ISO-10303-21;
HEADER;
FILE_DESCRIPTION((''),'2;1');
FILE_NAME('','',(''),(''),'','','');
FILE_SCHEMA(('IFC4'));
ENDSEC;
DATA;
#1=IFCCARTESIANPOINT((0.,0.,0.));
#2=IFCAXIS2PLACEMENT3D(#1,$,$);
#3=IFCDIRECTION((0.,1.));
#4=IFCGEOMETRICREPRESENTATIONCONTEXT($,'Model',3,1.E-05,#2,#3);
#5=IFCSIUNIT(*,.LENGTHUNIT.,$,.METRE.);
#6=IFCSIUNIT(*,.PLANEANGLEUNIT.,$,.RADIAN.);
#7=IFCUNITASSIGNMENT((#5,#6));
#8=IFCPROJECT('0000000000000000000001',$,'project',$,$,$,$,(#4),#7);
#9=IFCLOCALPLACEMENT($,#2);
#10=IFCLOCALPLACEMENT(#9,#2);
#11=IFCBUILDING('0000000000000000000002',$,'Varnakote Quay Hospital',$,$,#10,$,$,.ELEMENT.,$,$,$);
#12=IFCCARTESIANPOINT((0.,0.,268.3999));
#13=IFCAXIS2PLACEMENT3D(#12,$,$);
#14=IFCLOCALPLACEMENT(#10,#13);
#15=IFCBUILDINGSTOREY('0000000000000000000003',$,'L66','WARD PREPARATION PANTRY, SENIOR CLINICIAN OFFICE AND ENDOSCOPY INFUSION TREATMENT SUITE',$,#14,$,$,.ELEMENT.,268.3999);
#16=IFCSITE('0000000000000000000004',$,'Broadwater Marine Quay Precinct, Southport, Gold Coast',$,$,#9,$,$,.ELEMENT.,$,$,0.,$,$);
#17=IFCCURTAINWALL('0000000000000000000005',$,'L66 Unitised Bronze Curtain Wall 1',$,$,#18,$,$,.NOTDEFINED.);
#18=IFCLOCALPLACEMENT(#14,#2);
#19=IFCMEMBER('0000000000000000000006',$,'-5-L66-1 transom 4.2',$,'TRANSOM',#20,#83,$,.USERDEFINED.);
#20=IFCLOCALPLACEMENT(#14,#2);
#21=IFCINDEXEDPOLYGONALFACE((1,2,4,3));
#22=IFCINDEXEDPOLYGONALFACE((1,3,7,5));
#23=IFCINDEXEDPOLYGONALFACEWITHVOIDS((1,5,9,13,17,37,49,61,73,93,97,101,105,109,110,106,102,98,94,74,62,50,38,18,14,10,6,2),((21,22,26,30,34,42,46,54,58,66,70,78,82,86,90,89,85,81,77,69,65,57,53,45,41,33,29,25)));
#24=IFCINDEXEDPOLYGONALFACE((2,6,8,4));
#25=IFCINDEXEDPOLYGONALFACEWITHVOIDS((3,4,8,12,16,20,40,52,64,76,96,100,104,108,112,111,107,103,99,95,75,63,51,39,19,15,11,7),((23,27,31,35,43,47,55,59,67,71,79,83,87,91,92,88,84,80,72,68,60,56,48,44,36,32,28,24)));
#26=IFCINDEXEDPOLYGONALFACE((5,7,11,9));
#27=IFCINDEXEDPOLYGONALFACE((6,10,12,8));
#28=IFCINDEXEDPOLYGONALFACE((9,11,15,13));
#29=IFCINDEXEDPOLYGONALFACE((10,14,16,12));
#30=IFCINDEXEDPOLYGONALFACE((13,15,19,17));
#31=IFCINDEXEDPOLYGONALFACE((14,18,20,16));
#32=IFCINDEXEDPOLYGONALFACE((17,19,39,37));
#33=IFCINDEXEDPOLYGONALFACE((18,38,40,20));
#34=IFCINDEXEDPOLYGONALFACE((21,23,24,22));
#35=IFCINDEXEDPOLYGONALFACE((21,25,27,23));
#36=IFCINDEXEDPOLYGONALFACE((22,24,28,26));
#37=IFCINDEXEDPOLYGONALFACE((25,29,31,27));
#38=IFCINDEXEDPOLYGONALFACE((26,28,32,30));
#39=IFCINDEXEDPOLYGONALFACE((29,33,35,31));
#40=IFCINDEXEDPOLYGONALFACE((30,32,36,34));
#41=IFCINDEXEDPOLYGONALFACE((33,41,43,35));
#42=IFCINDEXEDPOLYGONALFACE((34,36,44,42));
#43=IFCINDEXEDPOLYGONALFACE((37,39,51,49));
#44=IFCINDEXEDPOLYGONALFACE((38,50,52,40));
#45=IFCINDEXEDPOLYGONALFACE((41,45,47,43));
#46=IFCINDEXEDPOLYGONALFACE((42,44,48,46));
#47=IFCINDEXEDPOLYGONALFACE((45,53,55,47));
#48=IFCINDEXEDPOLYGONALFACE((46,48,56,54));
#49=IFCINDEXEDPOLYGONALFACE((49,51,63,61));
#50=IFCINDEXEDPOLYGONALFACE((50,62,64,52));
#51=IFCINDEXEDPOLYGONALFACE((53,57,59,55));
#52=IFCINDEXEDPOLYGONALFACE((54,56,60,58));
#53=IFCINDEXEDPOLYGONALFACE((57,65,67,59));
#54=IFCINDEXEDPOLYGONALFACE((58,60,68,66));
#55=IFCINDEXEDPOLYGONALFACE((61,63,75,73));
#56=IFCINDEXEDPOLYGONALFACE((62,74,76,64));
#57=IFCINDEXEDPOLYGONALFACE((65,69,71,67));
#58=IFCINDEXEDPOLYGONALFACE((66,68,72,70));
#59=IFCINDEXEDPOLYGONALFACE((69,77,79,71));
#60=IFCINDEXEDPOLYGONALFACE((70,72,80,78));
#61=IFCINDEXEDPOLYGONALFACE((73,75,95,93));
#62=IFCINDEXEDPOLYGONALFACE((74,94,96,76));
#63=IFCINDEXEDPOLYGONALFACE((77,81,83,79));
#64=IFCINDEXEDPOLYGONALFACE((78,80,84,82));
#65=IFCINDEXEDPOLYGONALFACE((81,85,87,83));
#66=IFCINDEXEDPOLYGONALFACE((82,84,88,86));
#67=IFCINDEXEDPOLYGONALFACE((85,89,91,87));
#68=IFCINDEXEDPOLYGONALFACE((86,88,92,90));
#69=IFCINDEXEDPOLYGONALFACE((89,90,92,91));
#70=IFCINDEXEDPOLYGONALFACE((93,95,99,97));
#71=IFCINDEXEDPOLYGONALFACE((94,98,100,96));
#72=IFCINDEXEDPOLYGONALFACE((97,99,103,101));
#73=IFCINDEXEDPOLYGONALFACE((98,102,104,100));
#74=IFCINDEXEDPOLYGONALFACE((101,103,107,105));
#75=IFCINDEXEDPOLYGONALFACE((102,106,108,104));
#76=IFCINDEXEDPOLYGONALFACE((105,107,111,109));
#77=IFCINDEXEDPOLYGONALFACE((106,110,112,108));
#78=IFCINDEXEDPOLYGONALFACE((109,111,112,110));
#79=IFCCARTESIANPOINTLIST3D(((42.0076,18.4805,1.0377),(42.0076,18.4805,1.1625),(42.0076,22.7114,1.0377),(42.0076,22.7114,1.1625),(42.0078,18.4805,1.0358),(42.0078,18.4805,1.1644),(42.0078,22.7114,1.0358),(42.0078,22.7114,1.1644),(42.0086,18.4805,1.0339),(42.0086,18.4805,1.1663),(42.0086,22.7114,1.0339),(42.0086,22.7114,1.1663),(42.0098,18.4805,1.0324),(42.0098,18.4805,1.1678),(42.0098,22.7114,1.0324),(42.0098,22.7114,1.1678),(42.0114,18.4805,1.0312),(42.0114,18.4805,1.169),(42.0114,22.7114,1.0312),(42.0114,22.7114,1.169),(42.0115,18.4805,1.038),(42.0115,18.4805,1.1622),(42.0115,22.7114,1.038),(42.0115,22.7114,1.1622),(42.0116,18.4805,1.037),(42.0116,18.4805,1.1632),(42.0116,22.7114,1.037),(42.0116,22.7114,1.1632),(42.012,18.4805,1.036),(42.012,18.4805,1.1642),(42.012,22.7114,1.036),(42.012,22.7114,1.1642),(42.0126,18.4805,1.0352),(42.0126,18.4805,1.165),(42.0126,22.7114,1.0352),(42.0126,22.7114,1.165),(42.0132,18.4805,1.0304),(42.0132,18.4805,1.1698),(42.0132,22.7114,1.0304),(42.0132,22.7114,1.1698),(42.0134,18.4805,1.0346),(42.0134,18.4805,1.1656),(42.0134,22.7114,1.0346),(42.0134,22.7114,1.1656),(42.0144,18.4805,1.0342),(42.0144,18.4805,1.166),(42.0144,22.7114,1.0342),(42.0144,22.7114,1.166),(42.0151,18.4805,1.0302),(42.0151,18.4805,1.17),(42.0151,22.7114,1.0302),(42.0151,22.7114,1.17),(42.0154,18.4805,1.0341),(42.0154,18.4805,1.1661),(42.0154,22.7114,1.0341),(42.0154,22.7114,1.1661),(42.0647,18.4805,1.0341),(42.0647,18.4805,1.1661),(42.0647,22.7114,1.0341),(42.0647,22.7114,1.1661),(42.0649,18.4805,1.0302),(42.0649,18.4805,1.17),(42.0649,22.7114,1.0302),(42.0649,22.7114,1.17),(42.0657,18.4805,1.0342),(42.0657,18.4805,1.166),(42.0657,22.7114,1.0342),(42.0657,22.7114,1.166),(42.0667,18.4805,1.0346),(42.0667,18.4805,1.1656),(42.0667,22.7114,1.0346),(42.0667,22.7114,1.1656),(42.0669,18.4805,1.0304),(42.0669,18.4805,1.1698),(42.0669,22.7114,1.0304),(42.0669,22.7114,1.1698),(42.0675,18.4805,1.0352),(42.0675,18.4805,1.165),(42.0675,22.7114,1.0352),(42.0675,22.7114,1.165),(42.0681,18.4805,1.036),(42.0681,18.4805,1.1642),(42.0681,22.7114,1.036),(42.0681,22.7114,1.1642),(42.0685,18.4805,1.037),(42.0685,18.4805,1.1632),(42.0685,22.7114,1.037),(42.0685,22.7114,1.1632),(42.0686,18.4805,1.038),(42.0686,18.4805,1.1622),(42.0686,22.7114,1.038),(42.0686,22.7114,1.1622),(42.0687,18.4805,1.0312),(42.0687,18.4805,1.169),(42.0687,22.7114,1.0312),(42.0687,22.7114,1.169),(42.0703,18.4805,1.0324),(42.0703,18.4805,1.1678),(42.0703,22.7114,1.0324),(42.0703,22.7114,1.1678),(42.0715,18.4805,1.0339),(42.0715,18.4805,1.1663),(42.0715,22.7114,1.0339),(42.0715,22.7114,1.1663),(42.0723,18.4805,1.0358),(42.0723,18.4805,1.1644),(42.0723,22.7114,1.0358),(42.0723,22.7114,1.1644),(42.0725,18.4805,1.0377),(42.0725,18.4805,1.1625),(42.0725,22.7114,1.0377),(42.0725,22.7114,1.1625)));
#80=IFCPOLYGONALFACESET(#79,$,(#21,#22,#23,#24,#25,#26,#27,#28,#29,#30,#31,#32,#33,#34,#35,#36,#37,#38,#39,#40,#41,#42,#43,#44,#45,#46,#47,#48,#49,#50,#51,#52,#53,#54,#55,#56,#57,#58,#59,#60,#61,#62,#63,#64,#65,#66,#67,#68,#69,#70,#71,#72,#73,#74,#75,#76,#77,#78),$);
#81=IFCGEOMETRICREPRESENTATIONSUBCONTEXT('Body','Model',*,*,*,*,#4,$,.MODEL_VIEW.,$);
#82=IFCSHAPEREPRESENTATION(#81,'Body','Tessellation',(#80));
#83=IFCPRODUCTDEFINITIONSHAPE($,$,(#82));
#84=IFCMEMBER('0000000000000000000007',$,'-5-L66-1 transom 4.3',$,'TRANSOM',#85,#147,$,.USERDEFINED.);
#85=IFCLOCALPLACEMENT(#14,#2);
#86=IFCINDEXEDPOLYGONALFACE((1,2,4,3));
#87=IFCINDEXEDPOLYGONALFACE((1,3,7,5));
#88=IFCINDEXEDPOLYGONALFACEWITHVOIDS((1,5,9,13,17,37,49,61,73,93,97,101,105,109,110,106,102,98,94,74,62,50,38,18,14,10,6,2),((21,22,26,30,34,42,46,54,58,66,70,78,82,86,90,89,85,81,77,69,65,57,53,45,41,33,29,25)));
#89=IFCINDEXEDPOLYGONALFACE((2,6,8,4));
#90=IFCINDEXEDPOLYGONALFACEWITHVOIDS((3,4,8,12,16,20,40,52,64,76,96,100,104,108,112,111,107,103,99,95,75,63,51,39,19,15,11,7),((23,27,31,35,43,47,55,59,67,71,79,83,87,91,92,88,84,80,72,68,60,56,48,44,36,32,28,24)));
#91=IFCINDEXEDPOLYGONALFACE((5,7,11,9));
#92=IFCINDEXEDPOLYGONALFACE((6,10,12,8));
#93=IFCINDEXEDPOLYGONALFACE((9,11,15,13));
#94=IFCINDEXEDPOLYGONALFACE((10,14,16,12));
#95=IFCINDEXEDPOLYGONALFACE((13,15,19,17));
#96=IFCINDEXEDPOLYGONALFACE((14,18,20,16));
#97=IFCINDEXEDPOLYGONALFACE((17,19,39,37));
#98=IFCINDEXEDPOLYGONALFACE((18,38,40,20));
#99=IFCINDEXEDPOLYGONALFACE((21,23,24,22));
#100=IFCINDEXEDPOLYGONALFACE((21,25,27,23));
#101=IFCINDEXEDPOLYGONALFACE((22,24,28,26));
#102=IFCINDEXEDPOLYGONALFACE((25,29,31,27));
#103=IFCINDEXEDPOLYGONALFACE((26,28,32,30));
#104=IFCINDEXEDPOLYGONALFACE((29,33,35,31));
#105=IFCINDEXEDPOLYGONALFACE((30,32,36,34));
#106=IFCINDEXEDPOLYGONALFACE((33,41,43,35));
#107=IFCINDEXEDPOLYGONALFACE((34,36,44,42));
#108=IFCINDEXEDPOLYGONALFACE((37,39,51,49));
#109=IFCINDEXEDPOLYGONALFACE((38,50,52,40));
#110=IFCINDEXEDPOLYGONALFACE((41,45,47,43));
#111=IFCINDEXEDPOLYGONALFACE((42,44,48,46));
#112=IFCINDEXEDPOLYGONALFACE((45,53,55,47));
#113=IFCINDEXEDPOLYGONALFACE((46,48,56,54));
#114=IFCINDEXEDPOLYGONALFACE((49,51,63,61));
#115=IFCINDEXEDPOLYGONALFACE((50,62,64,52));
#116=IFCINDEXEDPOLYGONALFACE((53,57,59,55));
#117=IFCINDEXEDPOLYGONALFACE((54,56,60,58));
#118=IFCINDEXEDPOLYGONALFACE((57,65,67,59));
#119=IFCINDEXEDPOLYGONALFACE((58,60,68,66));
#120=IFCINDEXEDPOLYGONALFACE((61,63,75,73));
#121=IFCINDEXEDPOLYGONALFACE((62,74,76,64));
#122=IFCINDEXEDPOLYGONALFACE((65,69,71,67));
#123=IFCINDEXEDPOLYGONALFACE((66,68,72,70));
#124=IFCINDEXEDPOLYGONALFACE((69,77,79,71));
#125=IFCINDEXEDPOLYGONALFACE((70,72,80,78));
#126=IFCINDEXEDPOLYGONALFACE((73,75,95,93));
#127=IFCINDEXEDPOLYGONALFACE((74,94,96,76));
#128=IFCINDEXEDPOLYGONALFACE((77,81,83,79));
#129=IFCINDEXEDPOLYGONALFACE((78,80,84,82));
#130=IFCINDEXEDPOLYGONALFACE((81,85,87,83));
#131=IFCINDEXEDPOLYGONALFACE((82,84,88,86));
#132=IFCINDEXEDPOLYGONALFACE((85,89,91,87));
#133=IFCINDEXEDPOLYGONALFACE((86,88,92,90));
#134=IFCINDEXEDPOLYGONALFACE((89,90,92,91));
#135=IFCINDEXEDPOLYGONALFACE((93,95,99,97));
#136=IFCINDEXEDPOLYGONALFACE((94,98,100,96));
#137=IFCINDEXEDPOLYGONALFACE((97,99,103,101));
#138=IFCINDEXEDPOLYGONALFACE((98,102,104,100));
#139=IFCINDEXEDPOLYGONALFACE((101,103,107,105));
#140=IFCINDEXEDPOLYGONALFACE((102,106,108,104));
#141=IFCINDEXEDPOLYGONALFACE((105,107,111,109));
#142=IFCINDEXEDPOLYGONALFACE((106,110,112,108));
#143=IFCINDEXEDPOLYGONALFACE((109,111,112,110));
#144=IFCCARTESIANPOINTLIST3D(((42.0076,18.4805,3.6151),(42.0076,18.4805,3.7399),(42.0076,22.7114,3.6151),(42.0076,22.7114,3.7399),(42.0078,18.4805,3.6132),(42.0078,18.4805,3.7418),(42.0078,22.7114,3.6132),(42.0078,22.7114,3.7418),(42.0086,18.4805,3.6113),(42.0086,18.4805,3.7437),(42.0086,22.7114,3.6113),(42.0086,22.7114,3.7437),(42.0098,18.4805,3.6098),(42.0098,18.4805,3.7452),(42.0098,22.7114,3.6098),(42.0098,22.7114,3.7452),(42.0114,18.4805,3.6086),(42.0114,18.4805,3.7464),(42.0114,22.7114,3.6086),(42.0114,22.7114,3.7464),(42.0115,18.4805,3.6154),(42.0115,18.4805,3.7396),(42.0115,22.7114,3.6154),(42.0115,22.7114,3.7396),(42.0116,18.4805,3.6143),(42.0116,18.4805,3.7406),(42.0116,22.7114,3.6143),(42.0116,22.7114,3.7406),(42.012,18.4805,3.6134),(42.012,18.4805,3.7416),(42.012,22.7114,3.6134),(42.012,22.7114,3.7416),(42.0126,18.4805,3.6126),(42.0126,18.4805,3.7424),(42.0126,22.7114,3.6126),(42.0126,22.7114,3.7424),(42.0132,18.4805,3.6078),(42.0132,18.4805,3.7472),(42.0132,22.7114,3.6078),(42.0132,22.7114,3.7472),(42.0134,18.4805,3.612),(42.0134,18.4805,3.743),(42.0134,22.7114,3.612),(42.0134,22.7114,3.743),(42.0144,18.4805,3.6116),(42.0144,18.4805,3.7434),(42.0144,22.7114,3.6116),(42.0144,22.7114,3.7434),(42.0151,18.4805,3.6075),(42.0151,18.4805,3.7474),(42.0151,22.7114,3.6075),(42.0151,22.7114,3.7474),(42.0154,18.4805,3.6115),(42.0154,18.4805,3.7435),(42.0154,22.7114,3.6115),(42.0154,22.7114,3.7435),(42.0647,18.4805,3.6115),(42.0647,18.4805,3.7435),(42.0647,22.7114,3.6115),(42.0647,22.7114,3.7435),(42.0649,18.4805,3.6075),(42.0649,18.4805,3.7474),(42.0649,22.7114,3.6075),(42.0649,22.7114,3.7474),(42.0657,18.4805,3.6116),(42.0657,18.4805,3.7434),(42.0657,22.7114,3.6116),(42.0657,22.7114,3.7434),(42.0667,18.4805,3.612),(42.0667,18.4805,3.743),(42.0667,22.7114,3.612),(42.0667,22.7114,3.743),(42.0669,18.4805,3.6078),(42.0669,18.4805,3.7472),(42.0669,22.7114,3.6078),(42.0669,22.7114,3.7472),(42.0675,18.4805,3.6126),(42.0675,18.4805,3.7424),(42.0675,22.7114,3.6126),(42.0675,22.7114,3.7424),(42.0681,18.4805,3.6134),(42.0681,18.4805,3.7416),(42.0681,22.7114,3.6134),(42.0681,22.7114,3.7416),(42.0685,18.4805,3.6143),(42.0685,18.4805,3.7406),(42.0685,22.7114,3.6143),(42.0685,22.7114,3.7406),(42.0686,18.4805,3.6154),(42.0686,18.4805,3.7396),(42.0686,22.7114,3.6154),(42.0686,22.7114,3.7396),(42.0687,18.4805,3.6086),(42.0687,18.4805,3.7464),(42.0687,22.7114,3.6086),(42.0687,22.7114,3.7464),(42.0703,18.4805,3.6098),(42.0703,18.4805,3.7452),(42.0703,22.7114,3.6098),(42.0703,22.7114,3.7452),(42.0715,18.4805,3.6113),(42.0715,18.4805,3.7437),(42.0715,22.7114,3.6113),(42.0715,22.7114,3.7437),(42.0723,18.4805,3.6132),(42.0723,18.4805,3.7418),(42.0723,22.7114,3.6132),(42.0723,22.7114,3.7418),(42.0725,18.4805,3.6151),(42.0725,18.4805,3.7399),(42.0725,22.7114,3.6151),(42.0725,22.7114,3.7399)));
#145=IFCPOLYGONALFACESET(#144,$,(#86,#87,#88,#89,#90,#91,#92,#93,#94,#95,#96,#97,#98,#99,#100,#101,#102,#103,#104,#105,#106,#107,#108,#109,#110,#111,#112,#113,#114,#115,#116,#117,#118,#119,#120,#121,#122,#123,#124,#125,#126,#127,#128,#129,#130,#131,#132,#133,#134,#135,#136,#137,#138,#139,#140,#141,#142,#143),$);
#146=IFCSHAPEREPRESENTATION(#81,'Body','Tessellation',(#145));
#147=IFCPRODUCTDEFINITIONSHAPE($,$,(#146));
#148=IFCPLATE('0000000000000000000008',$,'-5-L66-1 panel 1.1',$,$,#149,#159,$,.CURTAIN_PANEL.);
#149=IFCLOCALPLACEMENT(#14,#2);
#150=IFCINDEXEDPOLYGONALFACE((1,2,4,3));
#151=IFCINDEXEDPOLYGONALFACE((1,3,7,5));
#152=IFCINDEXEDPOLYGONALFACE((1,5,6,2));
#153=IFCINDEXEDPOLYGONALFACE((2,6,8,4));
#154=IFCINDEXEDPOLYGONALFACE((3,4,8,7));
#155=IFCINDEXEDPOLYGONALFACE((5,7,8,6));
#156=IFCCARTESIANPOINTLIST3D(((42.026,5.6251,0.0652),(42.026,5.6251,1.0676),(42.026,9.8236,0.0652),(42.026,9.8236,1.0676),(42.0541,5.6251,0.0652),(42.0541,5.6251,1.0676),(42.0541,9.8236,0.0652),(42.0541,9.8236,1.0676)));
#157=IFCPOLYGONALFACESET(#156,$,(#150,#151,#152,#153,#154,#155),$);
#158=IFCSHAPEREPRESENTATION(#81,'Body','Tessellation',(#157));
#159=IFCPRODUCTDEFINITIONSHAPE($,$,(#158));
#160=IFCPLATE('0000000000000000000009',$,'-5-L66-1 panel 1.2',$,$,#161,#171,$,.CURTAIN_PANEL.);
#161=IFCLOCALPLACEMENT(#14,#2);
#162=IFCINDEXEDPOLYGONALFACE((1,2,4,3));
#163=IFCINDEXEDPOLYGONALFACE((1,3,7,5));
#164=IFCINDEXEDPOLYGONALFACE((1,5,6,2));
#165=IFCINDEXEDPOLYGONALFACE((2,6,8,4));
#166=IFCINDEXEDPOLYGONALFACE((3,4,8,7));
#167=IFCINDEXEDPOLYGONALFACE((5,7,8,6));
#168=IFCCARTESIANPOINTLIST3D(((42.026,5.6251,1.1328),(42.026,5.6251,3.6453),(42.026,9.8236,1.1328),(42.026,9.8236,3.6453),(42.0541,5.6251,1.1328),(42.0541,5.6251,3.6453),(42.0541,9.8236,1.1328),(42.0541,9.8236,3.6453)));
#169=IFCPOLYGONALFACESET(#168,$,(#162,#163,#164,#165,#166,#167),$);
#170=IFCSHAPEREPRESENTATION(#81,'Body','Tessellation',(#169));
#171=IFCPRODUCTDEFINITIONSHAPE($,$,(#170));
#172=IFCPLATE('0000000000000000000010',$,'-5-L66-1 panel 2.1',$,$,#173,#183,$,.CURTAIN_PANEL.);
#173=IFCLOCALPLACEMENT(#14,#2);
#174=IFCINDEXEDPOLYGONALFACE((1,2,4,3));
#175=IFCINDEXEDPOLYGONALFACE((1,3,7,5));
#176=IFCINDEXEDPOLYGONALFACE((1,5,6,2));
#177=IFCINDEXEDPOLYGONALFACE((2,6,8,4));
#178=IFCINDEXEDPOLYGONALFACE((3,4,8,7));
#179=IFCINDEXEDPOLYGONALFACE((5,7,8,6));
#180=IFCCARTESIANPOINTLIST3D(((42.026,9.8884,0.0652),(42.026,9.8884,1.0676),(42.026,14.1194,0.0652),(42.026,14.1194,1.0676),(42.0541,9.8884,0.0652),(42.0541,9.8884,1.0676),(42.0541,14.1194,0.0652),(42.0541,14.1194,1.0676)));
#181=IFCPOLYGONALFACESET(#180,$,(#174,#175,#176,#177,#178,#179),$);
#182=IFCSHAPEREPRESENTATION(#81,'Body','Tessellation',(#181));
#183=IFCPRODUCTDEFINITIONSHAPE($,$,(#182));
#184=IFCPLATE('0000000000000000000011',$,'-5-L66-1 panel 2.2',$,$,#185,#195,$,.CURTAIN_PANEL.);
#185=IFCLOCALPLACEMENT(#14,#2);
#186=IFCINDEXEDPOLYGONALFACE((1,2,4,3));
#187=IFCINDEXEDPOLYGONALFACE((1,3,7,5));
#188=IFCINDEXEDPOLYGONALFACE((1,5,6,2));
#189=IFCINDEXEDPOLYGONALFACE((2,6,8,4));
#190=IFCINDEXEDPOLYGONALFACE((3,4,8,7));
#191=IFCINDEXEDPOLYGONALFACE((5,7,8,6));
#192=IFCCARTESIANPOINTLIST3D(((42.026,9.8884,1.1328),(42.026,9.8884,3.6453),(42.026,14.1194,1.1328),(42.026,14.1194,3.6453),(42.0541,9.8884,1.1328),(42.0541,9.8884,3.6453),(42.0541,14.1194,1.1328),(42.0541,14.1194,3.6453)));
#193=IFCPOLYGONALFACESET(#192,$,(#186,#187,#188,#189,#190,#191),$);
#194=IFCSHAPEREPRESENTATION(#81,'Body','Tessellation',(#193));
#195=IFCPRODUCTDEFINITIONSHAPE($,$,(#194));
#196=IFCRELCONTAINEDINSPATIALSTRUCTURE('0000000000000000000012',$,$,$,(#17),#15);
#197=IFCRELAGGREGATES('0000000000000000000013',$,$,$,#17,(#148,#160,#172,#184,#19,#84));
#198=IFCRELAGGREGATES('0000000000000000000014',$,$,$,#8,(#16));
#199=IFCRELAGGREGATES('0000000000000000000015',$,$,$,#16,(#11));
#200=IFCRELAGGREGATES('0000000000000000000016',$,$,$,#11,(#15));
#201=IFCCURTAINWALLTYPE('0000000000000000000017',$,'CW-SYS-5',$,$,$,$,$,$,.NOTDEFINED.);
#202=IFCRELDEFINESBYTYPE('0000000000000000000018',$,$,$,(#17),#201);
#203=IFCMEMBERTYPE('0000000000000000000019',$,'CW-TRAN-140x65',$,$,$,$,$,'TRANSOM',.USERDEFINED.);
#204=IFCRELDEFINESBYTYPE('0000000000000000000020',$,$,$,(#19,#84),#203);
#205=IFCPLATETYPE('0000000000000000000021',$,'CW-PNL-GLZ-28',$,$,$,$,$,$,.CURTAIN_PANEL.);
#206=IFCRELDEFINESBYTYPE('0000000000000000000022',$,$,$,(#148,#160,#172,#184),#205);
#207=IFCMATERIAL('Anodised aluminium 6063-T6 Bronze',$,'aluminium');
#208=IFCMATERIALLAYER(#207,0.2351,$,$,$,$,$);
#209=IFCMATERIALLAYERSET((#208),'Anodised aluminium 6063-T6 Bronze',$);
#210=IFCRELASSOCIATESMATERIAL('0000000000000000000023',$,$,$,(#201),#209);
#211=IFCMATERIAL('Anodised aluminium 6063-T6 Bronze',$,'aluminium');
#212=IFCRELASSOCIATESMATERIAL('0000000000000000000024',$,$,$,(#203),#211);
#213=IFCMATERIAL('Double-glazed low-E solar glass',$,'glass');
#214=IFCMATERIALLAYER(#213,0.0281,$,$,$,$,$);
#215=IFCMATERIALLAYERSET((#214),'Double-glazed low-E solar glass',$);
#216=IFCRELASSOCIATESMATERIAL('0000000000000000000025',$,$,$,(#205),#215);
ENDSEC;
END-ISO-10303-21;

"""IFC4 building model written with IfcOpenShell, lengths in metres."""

from ifc_helpers import new_model, si_unit, direction, frame, origin, origin_2d, place, context, subcontext, project, spatial, rectangle, hollow_rectangle, extrude, material, layer, layer_set, material_profile, profile_set, type_object, element, aggregate, save


model = new_model("IFC4")

# Units and contexts
model_context = context("Model", 3, precision=1e-05, world=origin(), true_north=direction((0.0, 1.0)))
body_context = subcontext(model_context, "Body", "Model", "MODEL_VIEW")
ifc_project = project(units=[si_unit("LENGTHUNIT", "METRE"), si_unit("PLANEANGLEUNIT", "RADIAN")], contexts=[model_context])

# Site, building, storey
site_placement = place(None, origin())
site = spatial("IfcSite", under=ifc_project, at=site_placement, Name="Broadwater Marine Quay Precinct, Southport, Gold Coast", CompositionType="ELEMENT", RefElevation=0.0)
building_placement = place(site_placement, origin())
building = spatial("IfcBuilding", under=site, at=building_placement, Name="Varnakote Quay Hospital", CompositionType="ELEMENT")
storey_placement = place(building_placement, frame((0.0, 0.0, 268.3999)))
storey = spatial("IfcBuildingStorey", under=building, at=storey_placement, Name="L66", Description="WARD PREPARATION PANTRY, SENIOR CLINICIAN OFFICE AND ENDOSCOPY INFUSION TREATMENT SUITE", CompositionType="ELEMENT", Elevation=268.3999)

# Curtain wall, members, plates
ifc_material_1 = material(Name="Anodised aluminium 6063-T6 Bronze", Category="aluminium")
ifc_layer_1 = layer(ifc_material_1, 0.2351)
ifc_layer_set_1 = layer_set([ifc_layer_1], Name="Anodised aluminium 6063-T6 Bronze")
curtain_wall_type = type_object("IfcCurtainWallType", Name="CW-SYS-5", PredefinedType="NOTDEFINED", material=ifc_layer_set_1)
curtain_wall_placement = place(storey_placement, origin())
curtain_wall = element("IfcCurtainWall", 1, at=curtain_wall_placement, inside=storey, type_object=curtain_wall_type, Name="L66 Unitised Bronze Curtain Wall 1", PredefinedType="NOTDEFINED")
ifc_material_2 = material(Name="Anodised aluminium 6063-T6 Bronze", Category="aluminium")
ifc_material_profile_1 = material_profile(ifc_material_2, hollow_rectangle(XDim=0.0649, YDim=0.1399, WallThickness=0.0039, InnerFilletRadius=0.0039, OuterFilletRadius=0.0076, at=origin_2d()), Name="CW-TRAN-140x65")
ifc_profile_set_1 = profile_set([ifc_material_profile_1], Name="Anodised aluminium 6063-T6 Bronze")
member_type_1 = type_object("IfcMemberType", Name="CW-TRAN-140x65", ElementType="TRANSOM", PredefinedType="USERDEFINED", material=ifc_profile_set_1)
member_1_placement = place(storey_placement, frame((42.04, 18.4805, 1.1001), z_axis=(0.0, 1.0, 0.0), x_axis=(-1.0, 0.0, 0.0)))
member_1 = element("IfcMember", 2, at=member_1_placement, type_object=member_type_1, Name="-5-L66-1 transom 4.2", ObjectType="TRANSOM", PredefinedType="USERDEFINED", context=body_context, shape_type="SweptSolid", body=[
    extrude(hollow_rectangle(XDim=0.0649, YDim=0.1399, WallThickness=0.0039, InnerFilletRadius=0.0039, OuterFilletRadius=0.0076, at=origin_2d()), origin(), (0.0, 0.0, 1.0), 4.231),
])
member_2_placement = place(storey_placement, frame((42.04, 18.4805, 3.6775), z_axis=(0.0, 1.0, 0.0), x_axis=(-1.0, 0.0, 0.0)))
member_2 = element("IfcMember", 3, at=member_2_placement, type_object=member_type_1, Name="-5-L66-1 transom 4.3", ObjectType="TRANSOM", PredefinedType="USERDEFINED", context=body_context, shape_type="SweptSolid", body=[
    extrude(hollow_rectangle(XDim=0.0649, YDim=0.1399, WallThickness=0.0039, InnerFilletRadius=0.0039, OuterFilletRadius=0.0076, at=origin_2d()), origin(), (0.0, 0.0, 1.0), 4.231),
])
ifc_material_3 = material(Name="Double-glazed low-E solar glass", Category="glass")
ifc_layer_2 = layer(ifc_material_3, 0.0281)
ifc_layer_set_2 = layer_set([ifc_layer_2], Name="Double-glazed low-E solar glass")
plate_type = type_object("IfcPlateType", Name="CW-PNL-GLZ-28", PredefinedType="CURTAIN_PANEL", material=ifc_layer_set_2)
plate_1_placement = place(storey_placement, frame((42.04, 7.7244, 0.0652), z_axis=(0.0, 0.0, 1.0), x_axis=(0.0, 1.0, 0.0)))
plate_1 = element("IfcPlate", 4, at=plate_1_placement, type_object=plate_type, Name="-5-L66-1 panel 1.1", PredefinedType="CURTAIN_PANEL", context=body_context, shape_type="SweptSolid", body=[
    extrude(rectangle(XDim=4.1985, YDim=0.0281, at=origin_2d()), origin(), (0.0, 0.0, 1.0), 1.0024),
])
plate_2_placement = place(storey_placement, frame((42.04, 7.7244, 1.1328), z_axis=(0.0, 0.0, 1.0), x_axis=(0.0, 1.0, 0.0)))
plate_2 = element("IfcPlate", 5, at=plate_2_placement, type_object=plate_type, Name="-5-L66-1 panel 1.2", PredefinedType="CURTAIN_PANEL", context=body_context, shape_type="SweptSolid", body=[
    extrude(rectangle(XDim=4.1985, YDim=0.0281, at=origin_2d()), origin(), (0.0, 0.0, 1.0), 2.5125),
])
plate_3_placement = place(storey_placement, frame((42.04, 12.0039, 0.0652), z_axis=(0.0, 0.0, 1.0), x_axis=(0.0, 1.0, 0.0)))
plate_3 = element("IfcPlate", 6, at=plate_3_placement, type_object=plate_type, Name="-5-L66-1 panel 2.1", PredefinedType="CURTAIN_PANEL", context=body_context, shape_type="SweptSolid", body=[
    extrude(rectangle(XDim=4.231, YDim=0.0281, at=origin_2d()), origin(), (0.0, 0.0, 1.0), 1.0024),
])
plate_4_placement = place(storey_placement, frame((42.04, 12.0039, 1.1328), z_axis=(0.0, 0.0, 1.0), x_axis=(0.0, 1.0, 0.0)))
plate_4 = element("IfcPlate", 7, at=plate_4_placement, type_object=plate_type, Name="-5-L66-1 panel 2.2", PredefinedType="CURTAIN_PANEL", context=body_context, shape_type="SweptSolid", body=[
    extrude(rectangle(XDim=4.231, YDim=0.0281, at=origin_2d()), origin(), (0.0, 0.0, 1.0), 2.5125),
])
aggregate(curtain_wall, [plate_1, plate_2, plate_3, plate_4, member_1, member_2])

save(model, "model.ifc")
